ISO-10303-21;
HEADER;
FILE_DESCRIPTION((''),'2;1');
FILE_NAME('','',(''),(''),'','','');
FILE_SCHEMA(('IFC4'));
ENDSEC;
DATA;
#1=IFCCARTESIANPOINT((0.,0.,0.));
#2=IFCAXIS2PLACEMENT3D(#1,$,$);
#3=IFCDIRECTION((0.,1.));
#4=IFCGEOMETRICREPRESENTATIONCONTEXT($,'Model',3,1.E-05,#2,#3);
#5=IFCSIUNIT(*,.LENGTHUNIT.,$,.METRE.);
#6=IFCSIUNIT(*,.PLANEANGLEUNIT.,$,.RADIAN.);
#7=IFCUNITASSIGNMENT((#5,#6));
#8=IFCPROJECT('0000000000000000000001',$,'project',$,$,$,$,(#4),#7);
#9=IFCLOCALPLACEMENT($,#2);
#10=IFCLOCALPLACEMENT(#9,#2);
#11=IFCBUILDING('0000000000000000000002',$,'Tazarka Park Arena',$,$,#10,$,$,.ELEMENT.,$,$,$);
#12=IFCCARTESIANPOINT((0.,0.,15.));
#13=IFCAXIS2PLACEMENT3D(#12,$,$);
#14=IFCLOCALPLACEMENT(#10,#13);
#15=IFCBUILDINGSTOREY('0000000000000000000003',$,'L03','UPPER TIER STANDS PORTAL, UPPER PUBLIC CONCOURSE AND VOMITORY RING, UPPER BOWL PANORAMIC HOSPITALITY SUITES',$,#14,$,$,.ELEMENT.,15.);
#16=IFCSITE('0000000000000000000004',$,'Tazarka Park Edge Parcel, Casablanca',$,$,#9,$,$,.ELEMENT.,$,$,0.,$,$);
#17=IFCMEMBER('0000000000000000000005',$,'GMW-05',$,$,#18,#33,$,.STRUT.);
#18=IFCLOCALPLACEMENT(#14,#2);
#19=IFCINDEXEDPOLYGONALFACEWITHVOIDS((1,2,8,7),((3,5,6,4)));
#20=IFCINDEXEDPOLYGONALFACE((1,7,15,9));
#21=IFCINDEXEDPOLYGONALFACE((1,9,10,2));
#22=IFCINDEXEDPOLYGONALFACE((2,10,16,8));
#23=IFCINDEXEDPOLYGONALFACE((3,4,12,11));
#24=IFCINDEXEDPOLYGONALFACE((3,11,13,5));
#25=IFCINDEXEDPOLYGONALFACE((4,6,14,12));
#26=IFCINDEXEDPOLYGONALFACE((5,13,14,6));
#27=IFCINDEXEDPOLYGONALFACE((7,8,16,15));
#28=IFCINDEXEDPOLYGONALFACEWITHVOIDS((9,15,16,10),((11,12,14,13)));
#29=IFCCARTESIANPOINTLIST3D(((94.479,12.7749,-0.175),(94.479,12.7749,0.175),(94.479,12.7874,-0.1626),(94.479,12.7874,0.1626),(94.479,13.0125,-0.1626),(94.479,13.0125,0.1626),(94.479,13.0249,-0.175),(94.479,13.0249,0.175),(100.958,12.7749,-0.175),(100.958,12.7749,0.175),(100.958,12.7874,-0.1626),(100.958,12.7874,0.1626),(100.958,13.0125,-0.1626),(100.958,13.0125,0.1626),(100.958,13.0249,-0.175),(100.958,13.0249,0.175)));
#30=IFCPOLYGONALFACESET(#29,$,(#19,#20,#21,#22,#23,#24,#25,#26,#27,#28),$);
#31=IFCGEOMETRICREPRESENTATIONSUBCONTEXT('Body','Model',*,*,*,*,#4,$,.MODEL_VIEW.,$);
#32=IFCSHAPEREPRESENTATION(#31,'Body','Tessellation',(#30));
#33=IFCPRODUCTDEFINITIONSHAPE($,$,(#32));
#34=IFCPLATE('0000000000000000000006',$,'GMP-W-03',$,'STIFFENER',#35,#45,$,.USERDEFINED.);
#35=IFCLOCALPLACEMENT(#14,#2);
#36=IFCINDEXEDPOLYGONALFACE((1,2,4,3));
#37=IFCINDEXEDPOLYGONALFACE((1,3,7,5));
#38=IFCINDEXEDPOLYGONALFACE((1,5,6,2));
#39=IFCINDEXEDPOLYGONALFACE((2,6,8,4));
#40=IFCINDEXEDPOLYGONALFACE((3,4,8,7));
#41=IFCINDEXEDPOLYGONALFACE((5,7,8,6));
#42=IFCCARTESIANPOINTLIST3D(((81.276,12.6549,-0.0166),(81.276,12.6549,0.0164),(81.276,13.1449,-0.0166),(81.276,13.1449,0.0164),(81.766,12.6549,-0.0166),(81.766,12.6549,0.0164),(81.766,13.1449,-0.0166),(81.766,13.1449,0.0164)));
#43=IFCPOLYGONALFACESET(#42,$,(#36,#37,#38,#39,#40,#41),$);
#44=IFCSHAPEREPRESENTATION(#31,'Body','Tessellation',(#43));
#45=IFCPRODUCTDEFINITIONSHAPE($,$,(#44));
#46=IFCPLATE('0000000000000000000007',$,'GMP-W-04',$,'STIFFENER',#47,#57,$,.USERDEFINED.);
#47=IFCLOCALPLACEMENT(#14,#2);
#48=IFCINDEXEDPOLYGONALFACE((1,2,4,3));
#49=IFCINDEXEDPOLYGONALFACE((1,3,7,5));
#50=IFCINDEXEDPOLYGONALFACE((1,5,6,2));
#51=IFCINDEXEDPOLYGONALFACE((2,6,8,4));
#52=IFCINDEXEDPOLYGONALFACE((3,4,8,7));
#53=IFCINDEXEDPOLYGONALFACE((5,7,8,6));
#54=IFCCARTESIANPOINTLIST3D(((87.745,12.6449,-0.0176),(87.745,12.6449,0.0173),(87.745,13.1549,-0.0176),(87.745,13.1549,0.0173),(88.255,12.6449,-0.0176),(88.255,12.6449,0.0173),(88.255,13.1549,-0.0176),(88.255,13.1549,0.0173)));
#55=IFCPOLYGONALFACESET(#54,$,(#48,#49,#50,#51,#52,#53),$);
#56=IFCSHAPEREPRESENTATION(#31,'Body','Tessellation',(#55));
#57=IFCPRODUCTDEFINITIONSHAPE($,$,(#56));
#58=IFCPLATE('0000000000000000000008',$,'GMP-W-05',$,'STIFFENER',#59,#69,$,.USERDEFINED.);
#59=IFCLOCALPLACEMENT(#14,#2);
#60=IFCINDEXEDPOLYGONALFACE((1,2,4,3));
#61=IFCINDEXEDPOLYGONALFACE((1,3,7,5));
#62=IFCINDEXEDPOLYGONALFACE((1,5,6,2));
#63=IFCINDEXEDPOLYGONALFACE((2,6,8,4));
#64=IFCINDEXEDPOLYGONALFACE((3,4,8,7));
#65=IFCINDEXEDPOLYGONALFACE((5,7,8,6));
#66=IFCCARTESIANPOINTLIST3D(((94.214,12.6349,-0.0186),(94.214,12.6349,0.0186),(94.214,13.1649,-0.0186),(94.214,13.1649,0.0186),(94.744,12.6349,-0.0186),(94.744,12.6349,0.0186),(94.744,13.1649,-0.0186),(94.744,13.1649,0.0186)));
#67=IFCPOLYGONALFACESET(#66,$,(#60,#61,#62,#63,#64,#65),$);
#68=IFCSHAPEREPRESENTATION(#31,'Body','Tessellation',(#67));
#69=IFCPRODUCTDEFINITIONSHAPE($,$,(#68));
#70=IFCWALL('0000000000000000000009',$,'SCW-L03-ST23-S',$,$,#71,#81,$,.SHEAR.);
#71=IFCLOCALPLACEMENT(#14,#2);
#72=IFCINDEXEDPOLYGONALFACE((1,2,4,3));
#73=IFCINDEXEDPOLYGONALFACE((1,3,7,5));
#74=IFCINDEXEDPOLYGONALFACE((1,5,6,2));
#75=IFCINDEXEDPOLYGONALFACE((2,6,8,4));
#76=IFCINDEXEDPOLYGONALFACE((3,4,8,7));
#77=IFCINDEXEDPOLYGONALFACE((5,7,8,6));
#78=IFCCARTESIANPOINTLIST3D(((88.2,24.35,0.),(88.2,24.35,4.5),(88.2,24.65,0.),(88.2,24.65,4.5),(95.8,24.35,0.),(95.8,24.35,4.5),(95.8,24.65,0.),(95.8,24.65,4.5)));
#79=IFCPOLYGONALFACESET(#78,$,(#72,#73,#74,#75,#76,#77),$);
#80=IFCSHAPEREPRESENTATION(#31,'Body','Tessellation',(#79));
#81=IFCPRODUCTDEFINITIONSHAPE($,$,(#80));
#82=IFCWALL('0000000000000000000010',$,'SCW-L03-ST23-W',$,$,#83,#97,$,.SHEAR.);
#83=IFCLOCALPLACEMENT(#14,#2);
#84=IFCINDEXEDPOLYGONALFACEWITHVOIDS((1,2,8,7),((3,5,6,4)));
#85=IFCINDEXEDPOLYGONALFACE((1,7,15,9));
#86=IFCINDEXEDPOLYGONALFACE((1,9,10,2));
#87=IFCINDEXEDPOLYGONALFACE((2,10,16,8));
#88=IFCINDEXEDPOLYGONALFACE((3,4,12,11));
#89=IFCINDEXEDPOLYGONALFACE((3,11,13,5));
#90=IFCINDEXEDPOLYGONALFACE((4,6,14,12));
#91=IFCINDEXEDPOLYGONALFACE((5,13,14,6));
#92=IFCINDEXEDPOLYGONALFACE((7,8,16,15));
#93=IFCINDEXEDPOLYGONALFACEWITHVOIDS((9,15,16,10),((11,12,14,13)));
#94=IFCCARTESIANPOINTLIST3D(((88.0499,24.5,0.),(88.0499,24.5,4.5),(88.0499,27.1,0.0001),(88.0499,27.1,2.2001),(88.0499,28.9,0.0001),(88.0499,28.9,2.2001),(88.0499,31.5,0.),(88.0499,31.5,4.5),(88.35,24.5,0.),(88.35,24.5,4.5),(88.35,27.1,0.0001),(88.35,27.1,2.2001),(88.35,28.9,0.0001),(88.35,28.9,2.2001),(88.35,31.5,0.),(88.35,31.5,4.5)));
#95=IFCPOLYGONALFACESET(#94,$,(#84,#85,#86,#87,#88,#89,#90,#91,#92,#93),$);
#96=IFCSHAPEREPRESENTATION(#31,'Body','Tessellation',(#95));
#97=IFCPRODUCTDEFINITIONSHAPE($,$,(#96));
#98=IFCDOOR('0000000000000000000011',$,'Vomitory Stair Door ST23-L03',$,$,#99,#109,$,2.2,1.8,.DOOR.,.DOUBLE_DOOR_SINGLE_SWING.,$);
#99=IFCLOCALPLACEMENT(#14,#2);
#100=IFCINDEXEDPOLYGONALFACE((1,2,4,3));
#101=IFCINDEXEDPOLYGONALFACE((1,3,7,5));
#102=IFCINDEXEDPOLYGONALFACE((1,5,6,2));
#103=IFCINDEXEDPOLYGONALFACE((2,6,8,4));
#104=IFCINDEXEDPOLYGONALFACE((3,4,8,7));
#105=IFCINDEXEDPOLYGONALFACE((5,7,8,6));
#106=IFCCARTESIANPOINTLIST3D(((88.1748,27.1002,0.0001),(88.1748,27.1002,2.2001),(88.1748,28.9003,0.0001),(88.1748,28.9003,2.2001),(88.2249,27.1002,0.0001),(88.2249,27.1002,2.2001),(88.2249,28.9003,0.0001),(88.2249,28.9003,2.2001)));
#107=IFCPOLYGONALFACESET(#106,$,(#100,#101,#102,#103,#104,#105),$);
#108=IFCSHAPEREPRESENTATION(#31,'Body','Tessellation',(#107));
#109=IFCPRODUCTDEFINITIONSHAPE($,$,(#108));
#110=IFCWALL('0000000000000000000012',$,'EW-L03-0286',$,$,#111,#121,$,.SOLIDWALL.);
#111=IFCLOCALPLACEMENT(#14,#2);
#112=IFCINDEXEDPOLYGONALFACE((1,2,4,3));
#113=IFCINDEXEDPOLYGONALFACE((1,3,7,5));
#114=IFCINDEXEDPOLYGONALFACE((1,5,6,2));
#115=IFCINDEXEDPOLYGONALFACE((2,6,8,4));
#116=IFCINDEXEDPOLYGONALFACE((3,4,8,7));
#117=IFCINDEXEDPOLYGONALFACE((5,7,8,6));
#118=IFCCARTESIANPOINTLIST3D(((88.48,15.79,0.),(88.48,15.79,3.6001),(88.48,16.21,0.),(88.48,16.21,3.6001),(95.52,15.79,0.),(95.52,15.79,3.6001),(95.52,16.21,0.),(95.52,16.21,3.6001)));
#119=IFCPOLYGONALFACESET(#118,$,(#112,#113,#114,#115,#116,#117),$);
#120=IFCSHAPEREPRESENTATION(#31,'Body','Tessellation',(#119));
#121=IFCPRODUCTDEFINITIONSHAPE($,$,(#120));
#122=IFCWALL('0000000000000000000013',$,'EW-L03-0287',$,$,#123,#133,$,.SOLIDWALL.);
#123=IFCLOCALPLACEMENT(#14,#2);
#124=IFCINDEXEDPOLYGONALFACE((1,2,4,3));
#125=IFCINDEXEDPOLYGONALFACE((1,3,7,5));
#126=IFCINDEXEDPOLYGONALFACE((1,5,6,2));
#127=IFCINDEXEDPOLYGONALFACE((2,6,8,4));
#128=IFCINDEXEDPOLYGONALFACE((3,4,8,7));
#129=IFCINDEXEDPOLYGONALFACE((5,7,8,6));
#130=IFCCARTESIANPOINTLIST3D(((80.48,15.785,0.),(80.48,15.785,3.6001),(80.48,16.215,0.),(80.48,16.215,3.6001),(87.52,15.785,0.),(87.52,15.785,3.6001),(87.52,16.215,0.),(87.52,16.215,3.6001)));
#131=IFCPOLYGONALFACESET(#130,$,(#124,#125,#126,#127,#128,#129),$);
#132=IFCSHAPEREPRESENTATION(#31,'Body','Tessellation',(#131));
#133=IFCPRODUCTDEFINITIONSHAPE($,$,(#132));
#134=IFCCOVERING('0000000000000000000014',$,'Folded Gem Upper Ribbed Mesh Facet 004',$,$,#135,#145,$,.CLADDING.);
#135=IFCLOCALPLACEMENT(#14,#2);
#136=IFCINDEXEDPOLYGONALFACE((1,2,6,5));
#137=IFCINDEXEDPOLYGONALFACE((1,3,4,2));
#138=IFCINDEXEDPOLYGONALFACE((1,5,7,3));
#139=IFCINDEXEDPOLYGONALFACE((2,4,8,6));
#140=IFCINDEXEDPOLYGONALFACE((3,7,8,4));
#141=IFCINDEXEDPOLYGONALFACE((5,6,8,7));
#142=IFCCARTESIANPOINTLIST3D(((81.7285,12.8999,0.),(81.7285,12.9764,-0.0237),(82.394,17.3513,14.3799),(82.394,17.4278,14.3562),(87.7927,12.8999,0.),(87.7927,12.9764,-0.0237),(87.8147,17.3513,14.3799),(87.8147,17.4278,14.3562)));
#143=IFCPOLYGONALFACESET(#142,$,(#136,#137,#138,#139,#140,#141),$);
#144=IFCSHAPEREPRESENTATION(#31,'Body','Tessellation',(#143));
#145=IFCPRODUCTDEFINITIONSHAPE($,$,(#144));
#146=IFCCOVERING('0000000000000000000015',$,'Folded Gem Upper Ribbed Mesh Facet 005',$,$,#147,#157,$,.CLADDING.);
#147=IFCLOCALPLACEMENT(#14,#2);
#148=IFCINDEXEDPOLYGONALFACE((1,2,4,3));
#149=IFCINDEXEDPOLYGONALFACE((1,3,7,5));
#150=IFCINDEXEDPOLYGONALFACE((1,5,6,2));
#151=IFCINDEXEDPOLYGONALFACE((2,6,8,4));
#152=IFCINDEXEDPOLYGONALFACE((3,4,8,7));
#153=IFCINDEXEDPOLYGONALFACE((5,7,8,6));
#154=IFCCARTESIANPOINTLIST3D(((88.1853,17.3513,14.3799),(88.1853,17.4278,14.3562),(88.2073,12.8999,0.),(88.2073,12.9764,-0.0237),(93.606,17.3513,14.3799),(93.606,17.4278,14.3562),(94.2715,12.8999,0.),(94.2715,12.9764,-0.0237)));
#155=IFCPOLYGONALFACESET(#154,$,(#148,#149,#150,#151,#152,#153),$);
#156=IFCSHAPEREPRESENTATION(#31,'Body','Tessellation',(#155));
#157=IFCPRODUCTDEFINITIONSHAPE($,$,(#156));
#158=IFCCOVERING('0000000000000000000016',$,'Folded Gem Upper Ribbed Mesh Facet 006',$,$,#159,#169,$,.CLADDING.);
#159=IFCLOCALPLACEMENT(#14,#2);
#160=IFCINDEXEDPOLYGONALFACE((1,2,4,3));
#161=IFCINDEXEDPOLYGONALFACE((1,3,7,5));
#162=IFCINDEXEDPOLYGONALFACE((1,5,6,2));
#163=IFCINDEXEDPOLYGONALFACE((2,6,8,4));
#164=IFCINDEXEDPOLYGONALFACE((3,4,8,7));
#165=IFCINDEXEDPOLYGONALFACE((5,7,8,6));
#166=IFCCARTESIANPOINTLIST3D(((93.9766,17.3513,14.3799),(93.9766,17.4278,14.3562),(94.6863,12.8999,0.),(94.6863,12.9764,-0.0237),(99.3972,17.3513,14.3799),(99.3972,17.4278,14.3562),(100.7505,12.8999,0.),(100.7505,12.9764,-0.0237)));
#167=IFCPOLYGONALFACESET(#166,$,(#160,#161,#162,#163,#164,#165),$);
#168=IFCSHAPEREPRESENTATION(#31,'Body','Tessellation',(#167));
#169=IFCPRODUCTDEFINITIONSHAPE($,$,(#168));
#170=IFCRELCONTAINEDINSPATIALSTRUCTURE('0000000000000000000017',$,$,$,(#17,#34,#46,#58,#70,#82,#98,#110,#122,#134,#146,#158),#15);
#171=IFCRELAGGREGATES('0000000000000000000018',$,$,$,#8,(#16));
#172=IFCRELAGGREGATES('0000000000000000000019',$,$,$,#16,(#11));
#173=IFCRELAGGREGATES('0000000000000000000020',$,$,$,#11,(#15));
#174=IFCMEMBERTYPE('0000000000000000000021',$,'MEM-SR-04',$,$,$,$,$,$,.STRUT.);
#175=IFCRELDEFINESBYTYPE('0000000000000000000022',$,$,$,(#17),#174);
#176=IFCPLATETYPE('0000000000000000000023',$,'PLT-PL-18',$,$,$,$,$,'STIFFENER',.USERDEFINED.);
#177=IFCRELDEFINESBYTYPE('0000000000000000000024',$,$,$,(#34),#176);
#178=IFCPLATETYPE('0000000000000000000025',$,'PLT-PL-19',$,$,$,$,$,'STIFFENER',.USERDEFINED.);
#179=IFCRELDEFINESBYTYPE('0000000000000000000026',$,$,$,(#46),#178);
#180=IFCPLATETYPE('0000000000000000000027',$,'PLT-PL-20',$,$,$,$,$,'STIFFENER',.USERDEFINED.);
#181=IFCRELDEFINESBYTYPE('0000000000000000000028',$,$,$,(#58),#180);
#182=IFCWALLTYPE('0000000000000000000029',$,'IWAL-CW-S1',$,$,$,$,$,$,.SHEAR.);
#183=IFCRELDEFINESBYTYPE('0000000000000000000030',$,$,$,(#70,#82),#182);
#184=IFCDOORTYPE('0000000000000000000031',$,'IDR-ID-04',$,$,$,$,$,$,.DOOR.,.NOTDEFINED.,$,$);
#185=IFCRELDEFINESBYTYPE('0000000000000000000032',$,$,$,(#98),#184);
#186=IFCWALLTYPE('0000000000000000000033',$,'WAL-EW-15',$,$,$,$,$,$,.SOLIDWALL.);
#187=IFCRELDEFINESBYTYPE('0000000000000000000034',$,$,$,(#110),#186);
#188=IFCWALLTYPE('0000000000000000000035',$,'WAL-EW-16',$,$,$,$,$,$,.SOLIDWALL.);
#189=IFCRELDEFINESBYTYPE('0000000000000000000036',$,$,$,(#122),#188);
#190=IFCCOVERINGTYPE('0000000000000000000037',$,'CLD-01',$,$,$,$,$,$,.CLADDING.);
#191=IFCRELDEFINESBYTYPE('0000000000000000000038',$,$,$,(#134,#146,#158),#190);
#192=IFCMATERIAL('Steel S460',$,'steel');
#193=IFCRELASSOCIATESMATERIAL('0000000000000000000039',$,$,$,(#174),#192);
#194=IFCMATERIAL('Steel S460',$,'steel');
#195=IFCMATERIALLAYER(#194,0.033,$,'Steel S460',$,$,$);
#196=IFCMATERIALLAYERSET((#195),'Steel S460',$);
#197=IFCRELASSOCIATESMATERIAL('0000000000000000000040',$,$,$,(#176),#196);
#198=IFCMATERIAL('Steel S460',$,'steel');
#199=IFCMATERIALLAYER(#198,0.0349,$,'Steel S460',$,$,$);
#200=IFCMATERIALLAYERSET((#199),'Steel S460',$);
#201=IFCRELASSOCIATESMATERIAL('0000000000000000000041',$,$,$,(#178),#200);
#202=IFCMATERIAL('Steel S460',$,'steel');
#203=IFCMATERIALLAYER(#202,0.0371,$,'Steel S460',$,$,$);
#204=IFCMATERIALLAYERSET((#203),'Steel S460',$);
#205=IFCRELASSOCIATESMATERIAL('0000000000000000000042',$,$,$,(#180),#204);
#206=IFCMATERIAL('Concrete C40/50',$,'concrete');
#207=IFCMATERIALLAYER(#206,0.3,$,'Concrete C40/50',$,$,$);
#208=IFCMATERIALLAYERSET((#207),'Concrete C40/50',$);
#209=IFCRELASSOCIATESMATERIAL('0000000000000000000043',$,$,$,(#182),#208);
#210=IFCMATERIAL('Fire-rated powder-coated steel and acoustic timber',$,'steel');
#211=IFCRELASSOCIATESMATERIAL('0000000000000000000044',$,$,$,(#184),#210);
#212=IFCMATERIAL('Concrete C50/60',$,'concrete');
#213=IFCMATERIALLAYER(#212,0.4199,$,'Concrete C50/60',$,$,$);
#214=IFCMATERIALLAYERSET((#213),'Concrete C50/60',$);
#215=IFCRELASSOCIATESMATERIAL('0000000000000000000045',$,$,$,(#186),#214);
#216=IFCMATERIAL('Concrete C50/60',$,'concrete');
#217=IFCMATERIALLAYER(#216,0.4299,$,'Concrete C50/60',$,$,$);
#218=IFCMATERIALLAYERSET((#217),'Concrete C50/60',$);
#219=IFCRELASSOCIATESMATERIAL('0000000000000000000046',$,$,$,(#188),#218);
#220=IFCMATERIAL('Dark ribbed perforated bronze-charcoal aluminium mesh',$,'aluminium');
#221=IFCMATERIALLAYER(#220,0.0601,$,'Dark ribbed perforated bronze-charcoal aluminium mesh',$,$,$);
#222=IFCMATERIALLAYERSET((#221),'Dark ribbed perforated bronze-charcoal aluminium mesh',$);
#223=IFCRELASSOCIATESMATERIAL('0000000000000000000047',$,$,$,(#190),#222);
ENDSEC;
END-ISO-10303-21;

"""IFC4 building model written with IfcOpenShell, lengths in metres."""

from ifc_helpers import new_model, si_unit, direction, frame, frame_2d, origin, origin_2d, place, context, subcontext, project, spatial, polyline, rectangle, hollow_rectangle, outline, extrude, material, layer, layer_set, material_profile, profile_set, type_object, element, fill, save


model = new_model("IFC4")

# Units and contexts
model_context = context("Model", 3, precision=1e-05, world=origin(), true_north=direction((0.0, 1.0)))
body_context = subcontext(model_context, "Body", "Model", "MODEL_VIEW")
ifc_project = project(units=[si_unit("LENGTHUNIT", "METRE"), si_unit("PLANEANGLEUNIT", "RADIAN")], contexts=[model_context])

# Site, building, storey
site_placement = place(None, origin())
site = spatial("IfcSite", under=ifc_project, at=site_placement, Name="Tazarka Park Edge Parcel, Casablanca", CompositionType="ELEMENT", RefElevation=0.0)
building_placement = place(site_placement, origin())
building = spatial("IfcBuilding", under=site, at=building_placement, Name="Tazarka Park Arena", CompositionType="ELEMENT")
storey_placement = place(building_placement, frame((0.0, 0.0, 15.0)))
storey = spatial("IfcBuildingStorey", under=building, at=storey_placement, Name="L03", Description="UPPER TIER STANDS PORTAL, UPPER PUBLIC CONCOURSE AND VOMITORY RING, UPPER BOWL PANORAMIC HOSPITALITY SUITES", CompositionType="ELEMENT", Elevation=15.0)

# Member
ifc_material_1 = material(Name="Steel S460", Category="steel")
ifc_material_profile_1 = material_profile(ifc_material_1, hollow_rectangle(XDim=0.25, YDim=0.3501, WallThickness=0.0125, at=origin_2d()), Name="Steel S460")
ifc_profile_set_1 = profile_set([ifc_material_profile_1], Name="Steel S460")
member_type_1 = type_object("IfcMemberType", Name="MEM-SR-04", PredefinedType="STRUT", material=ifc_profile_set_1)
for number, where, z_axis, x_axis, name in (
    (1, (94.479, 12.8999, 0.0), (1.0, 0.0, 0.0), (0.0, 1.0, 0.0), "GMW-05"),
):
    element("IfcMember", number, at=place(storey_placement, frame(where, z_axis=z_axis, x_axis=x_axis)), inside=storey, type_object=member_type_1, Name=name, PredefinedType="STRUT", context=body_context, shape_type="SweptSolid", body=[
        extrude(hollow_rectangle(XDim=0.25, YDim=0.3501, WallThickness=0.0125, at=origin_2d()), origin(), (0.0, 0.0, 1.0), 6.479),
    ])

# Plates
ifc_material_2 = material(Name="Steel S460", Category="steel")
ifc_layer_1 = layer(ifc_material_2, 0.033, Name="Steel S460")
ifc_layer_set_1 = layer_set([ifc_layer_1], Name="Steel S460")
plate_type_1 = type_object("IfcPlateType", Name="PLT-PL-18", ElementType="STIFFENER", PredefinedType="USERDEFINED", material=ifc_layer_set_1)
plate_1_placement = place(storey_placement, frame((81.521, 12.8999, -0.0166), z_axis=(0.0, 0.0, 1.0), x_axis=(1.0, 0.0, 0.0)))
element("IfcPlate", 2, at=plate_1_placement, inside=storey, type_object=plate_type_1, Name="GMP-W-03", ObjectType="STIFFENER", PredefinedType="USERDEFINED", context=body_context, shape_type="SweptSolid", body=[
    extrude(rectangle(XDim=0.49, YDim=0.49, at=origin_2d()), origin(), (0.0, 0.0, 1.0), 0.033),
])
ifc_material_3 = material(Name="Steel S460", Category="steel")
ifc_layer_2 = layer(ifc_material_3, 0.0349, Name="Steel S460")
ifc_layer_set_2 = layer_set([ifc_layer_2], Name="Steel S460")
plate_type_2 = type_object("IfcPlateType", Name="PLT-PL-19", ElementType="STIFFENER", PredefinedType="USERDEFINED", material=ifc_layer_set_2)
plate_2_placement = place(storey_placement, frame((88.0, 12.8999, -0.0176), z_axis=(0.0, 0.0, 1.0), x_axis=(1.0, 0.0, 0.0)))
element("IfcPlate", 3, at=plate_2_placement, inside=storey, type_object=plate_type_2, Name="GMP-W-04", ObjectType="STIFFENER", PredefinedType="USERDEFINED", context=body_context, shape_type="SweptSolid", body=[
    extrude(rectangle(XDim=0.51, YDim=0.51, at=origin_2d()), origin(), (0.0, 0.0, 1.0), 0.0349),
])
ifc_material_4 = material(Name="Steel S460", Category="steel")
ifc_layer_3 = layer(ifc_material_4, 0.0371, Name="Steel S460")
ifc_layer_set_3 = layer_set([ifc_layer_3], Name="Steel S460")
plate_type_3 = type_object("IfcPlateType", Name="PLT-PL-20", ElementType="STIFFENER", PredefinedType="USERDEFINED", material=ifc_layer_set_3)
plate_3_placement = place(storey_placement, frame((94.479, 12.8999, -0.0186), z_axis=(0.0, 0.0, 1.0), x_axis=(1.0, 0.0, 0.0)))
element("IfcPlate", 4, at=plate_3_placement, inside=storey, type_object=plate_type_3, Name="GMP-W-05", ObjectType="STIFFENER", PredefinedType="USERDEFINED", context=body_context, shape_type="SweptSolid", body=[
    extrude(rectangle(XDim=0.53, YDim=0.53, at=origin_2d()), origin(), (0.0, 0.0, 1.0), 0.0371),
])

# Wall
ifc_material_5 = material(Name="Concrete C40/50", Category="concrete")
ifc_layer_4 = layer(ifc_material_5, 0.3, Name="Concrete C40/50")
ifc_layer_set_4 = layer_set([ifc_layer_4], Name="Concrete C40/50")
wall_type_1 = type_object("IfcWallType", Name="IWAL-CW-S1", PredefinedType="SHEAR", material=ifc_layer_set_4)
wall_1_placement = place(storey_placement, frame((95.8, 24.5, 0.0), z_axis=(0.0, 0.0, 1.0), x_axis=(-1.0, 0.0, 0.0)))
element("IfcWall", 5, at=wall_1_placement, inside=storey, type_object=wall_type_1, Name="SCW-L03-ST23-S", PredefinedType="SHEAR", context=body_context, shape_type="SweptSolid", body=[
    extrude(rectangle(XDim=7.6001, YDim=0.3, at=frame_2d((3.8, 0.0))), origin(), (0.0, 0.0, 1.0), 4.5),
])

# Wall, opening, door
wall_2_placement = place(storey_placement, frame((88.2, 24.5, 0.0), z_axis=(0.0, 0.0, 1.0), x_axis=(0.0, 1.0, 0.0)))
wall_2 = element("IfcWall", 6, at=wall_2_placement, inside=storey, type_object=wall_type_1, Name="SCW-L03-ST23-W", PredefinedType="SHEAR", context=body_context, shape_type="SweptSolid", body=[
    extrude(rectangle(XDim=7.0, YDim=0.3, at=frame_2d((3.5, 0.0))), origin(), (0.0, 0.0, 1.0), 4.5),
])
opening_placement = place(wall_2_placement, frame((2.6001, 0.0, 0.0)))
opening = element("IfcOpeningElement", 7, at=opening_placement, cuts=wall_2, PredefinedType="OPENING", context=body_context, shape_type="SweptSolid", body=[
    extrude(rectangle(XDim=1.8, YDim=2.2, at=frame_2d((0.8999, 1.1001))), frame((0.0, 0.1602, 0.0), z_axis=(0.0, -1.0, 0.0), x_axis=(1.0, 0.0, 0.0)), (0.0, 0.0, 1.0), 0.3201),
])
ifc_material_6 = material(Name="Fire-rated powder-coated steel and acoustic timber", Category="steel")
door_type = type_object("IfcDoorType", Name="IDR-ID-04", OperationType="NOTDEFINED", PredefinedType="DOOR", material=ifc_material_6)
door_placement = place(opening_placement, frame((1.8, 0.0, 0.0), z_axis=(0.0, 0.0, 1.0), x_axis=(-1.0, 0.0, 0.0)))
door = element("IfcDoor", 8, at=door_placement, inside=storey, type_object=door_type, Name="Vomitory Stair Door ST23-L03", OperationType="DOUBLE_DOOR_SINGLE_SWING", OverallHeight=2.2, OverallWidth=1.8, PredefinedType="DOOR", context=body_context, shape_type="SweptSolid", body=[
    extrude(rectangle(XDim=1.8, YDim=2.2, at=frame_2d((0.8999, 1.1001))), frame((0.0, 0.0249, 0.0), z_axis=(0.0, -1.0, 0.0), x_axis=(1.0, 0.0, 0.0)), (0.0, 0.0, 1.0), 0.05),
])
fill(opening, door)

# Walls
ifc_material_7 = material(Name="Concrete C50/60", Category="concrete")
ifc_layer_5 = layer(ifc_material_7, 0.4199, Name="Concrete C50/60")
ifc_layer_set_5 = layer_set([ifc_layer_5], Name="Concrete C50/60")
wall_type_2 = type_object("IfcWallType", Name="WAL-EW-15", PredefinedType="SOLIDWALL", material=ifc_layer_set_5)
wall_3_placement = place(storey_placement, frame((95.52, 16.0, 0.0), z_axis=(0.0, 0.0, 1.0), x_axis=(-1.0, 0.0, 0.0)))
element("IfcWall", 9, at=wall_3_placement, inside=storey, type_object=wall_type_2, Name="EW-L03-0286", PredefinedType="SOLIDWALL", context=body_context, shape_type="SweptSolid", body=[
    extrude(rectangle(XDim=7.04, YDim=0.4199, at=frame_2d((3.52, 0.0))), origin(), (0.0, 0.0, 1.0), 3.6001),
])
ifc_material_8 = material(Name="Concrete C50/60", Category="concrete")
ifc_layer_6 = layer(ifc_material_8, 0.4299, Name="Concrete C50/60")
ifc_layer_set_6 = layer_set([ifc_layer_6], Name="Concrete C50/60")
wall_type_3 = type_object("IfcWallType", Name="WAL-EW-16", PredefinedType="SOLIDWALL", material=ifc_layer_set_6)
wall_4_placement = place(storey_placement, frame((87.52, 16.0, 0.0), z_axis=(0.0, 0.0, 1.0), x_axis=(-1.0, 0.0, 0.0)))
element("IfcWall", 10, at=wall_4_placement, inside=storey, type_object=wall_type_3, Name="EW-L03-0287", PredefinedType="SOLIDWALL", context=body_context, shape_type="SweptSolid", body=[
    extrude(rectangle(XDim=7.04, YDim=0.4299, at=frame_2d((3.52, 0.0))), origin(), (0.0, 0.0, 1.0), 3.6001),
])

# Coverings
ifc_material_9 = material(Name="Dark ribbed perforated bronze-charcoal aluminium mesh", Category="aluminium")
ifc_layer_7 = layer(ifc_material_9, 0.0601, Name="Dark ribbed perforated bronze-charcoal aluminium mesh")
ifc_layer_set_7 = layer_set([ifc_layer_7], Name="Dark ribbed perforated bronze-charcoal aluminium mesh")
covering_type = type_object("IfcCoveringType", Name="CLD-01", PredefinedType="CLADDING", material=ifc_layer_set_7)
covering_1_placement = place(storey_placement, frame((81.7285, 12.8999, 0.0), z_axis=(0.0, -0.955277, 0.295714), x_axis=(1.0, 0.0, 0.0)))
element("IfcCovering", 11, at=covering_1_placement, inside=storey, type_object=covering_type, Name="Folded Gem Upper Ribbed Mesh Facet 004", PredefinedType="CLADDING", context=body_context, shape_type="SweptSolid", body=[
    extrude(outline(polyline([(0.0, 0.0), (6.0642, 0.0), (6.0862, 15.0531), (0.6655, 15.0531), (0.0, 0.0)])), origin(), (0.0, 0.0, -1.0), 0.0801),
])
covering_2_placement = place(storey_placement, frame((88.2073, 12.8999, 0.0), z_axis=(0.0, -0.955277, 0.295714), x_axis=(1.0, 0.0, 0.0)))
element("IfcCovering", 12, at=covering_2_placement, inside=storey, type_object=covering_type, Name="Folded Gem Upper Ribbed Mesh Facet 005", PredefinedType="CLADDING", context=body_context, shape_type="SweptSolid", body=[
    extrude(outline(polyline([(0.0, 0.0), (6.0642, 0.0), (5.3987, 15.0531), (-0.022, 15.0531), (0.0, 0.0)])), origin(), (0.0, 0.0, -1.0), 0.0801),
])
covering_3_placement = place(storey_placement, frame((94.6863, 12.8999, 0.0), z_axis=(0.0, -0.955277, 0.295714), x_axis=(1.0, 0.0, 0.0)))
element("IfcCovering", 13, at=covering_3_placement, inside=storey, type_object=covering_type, Name="Folded Gem Upper Ribbed Mesh Facet 006", PredefinedType="CLADDING", context=body_context, shape_type="SweptSolid", body=[
    extrude(outline(polyline([(0.0, 0.0), (6.0642, 0.0), (4.7109, 15.0531), (-0.7097, 15.0531), (0.0, 0.0)])), origin(), (0.0, 0.0, -1.0), 0.0801),
])

save(model, "model.ifc")
